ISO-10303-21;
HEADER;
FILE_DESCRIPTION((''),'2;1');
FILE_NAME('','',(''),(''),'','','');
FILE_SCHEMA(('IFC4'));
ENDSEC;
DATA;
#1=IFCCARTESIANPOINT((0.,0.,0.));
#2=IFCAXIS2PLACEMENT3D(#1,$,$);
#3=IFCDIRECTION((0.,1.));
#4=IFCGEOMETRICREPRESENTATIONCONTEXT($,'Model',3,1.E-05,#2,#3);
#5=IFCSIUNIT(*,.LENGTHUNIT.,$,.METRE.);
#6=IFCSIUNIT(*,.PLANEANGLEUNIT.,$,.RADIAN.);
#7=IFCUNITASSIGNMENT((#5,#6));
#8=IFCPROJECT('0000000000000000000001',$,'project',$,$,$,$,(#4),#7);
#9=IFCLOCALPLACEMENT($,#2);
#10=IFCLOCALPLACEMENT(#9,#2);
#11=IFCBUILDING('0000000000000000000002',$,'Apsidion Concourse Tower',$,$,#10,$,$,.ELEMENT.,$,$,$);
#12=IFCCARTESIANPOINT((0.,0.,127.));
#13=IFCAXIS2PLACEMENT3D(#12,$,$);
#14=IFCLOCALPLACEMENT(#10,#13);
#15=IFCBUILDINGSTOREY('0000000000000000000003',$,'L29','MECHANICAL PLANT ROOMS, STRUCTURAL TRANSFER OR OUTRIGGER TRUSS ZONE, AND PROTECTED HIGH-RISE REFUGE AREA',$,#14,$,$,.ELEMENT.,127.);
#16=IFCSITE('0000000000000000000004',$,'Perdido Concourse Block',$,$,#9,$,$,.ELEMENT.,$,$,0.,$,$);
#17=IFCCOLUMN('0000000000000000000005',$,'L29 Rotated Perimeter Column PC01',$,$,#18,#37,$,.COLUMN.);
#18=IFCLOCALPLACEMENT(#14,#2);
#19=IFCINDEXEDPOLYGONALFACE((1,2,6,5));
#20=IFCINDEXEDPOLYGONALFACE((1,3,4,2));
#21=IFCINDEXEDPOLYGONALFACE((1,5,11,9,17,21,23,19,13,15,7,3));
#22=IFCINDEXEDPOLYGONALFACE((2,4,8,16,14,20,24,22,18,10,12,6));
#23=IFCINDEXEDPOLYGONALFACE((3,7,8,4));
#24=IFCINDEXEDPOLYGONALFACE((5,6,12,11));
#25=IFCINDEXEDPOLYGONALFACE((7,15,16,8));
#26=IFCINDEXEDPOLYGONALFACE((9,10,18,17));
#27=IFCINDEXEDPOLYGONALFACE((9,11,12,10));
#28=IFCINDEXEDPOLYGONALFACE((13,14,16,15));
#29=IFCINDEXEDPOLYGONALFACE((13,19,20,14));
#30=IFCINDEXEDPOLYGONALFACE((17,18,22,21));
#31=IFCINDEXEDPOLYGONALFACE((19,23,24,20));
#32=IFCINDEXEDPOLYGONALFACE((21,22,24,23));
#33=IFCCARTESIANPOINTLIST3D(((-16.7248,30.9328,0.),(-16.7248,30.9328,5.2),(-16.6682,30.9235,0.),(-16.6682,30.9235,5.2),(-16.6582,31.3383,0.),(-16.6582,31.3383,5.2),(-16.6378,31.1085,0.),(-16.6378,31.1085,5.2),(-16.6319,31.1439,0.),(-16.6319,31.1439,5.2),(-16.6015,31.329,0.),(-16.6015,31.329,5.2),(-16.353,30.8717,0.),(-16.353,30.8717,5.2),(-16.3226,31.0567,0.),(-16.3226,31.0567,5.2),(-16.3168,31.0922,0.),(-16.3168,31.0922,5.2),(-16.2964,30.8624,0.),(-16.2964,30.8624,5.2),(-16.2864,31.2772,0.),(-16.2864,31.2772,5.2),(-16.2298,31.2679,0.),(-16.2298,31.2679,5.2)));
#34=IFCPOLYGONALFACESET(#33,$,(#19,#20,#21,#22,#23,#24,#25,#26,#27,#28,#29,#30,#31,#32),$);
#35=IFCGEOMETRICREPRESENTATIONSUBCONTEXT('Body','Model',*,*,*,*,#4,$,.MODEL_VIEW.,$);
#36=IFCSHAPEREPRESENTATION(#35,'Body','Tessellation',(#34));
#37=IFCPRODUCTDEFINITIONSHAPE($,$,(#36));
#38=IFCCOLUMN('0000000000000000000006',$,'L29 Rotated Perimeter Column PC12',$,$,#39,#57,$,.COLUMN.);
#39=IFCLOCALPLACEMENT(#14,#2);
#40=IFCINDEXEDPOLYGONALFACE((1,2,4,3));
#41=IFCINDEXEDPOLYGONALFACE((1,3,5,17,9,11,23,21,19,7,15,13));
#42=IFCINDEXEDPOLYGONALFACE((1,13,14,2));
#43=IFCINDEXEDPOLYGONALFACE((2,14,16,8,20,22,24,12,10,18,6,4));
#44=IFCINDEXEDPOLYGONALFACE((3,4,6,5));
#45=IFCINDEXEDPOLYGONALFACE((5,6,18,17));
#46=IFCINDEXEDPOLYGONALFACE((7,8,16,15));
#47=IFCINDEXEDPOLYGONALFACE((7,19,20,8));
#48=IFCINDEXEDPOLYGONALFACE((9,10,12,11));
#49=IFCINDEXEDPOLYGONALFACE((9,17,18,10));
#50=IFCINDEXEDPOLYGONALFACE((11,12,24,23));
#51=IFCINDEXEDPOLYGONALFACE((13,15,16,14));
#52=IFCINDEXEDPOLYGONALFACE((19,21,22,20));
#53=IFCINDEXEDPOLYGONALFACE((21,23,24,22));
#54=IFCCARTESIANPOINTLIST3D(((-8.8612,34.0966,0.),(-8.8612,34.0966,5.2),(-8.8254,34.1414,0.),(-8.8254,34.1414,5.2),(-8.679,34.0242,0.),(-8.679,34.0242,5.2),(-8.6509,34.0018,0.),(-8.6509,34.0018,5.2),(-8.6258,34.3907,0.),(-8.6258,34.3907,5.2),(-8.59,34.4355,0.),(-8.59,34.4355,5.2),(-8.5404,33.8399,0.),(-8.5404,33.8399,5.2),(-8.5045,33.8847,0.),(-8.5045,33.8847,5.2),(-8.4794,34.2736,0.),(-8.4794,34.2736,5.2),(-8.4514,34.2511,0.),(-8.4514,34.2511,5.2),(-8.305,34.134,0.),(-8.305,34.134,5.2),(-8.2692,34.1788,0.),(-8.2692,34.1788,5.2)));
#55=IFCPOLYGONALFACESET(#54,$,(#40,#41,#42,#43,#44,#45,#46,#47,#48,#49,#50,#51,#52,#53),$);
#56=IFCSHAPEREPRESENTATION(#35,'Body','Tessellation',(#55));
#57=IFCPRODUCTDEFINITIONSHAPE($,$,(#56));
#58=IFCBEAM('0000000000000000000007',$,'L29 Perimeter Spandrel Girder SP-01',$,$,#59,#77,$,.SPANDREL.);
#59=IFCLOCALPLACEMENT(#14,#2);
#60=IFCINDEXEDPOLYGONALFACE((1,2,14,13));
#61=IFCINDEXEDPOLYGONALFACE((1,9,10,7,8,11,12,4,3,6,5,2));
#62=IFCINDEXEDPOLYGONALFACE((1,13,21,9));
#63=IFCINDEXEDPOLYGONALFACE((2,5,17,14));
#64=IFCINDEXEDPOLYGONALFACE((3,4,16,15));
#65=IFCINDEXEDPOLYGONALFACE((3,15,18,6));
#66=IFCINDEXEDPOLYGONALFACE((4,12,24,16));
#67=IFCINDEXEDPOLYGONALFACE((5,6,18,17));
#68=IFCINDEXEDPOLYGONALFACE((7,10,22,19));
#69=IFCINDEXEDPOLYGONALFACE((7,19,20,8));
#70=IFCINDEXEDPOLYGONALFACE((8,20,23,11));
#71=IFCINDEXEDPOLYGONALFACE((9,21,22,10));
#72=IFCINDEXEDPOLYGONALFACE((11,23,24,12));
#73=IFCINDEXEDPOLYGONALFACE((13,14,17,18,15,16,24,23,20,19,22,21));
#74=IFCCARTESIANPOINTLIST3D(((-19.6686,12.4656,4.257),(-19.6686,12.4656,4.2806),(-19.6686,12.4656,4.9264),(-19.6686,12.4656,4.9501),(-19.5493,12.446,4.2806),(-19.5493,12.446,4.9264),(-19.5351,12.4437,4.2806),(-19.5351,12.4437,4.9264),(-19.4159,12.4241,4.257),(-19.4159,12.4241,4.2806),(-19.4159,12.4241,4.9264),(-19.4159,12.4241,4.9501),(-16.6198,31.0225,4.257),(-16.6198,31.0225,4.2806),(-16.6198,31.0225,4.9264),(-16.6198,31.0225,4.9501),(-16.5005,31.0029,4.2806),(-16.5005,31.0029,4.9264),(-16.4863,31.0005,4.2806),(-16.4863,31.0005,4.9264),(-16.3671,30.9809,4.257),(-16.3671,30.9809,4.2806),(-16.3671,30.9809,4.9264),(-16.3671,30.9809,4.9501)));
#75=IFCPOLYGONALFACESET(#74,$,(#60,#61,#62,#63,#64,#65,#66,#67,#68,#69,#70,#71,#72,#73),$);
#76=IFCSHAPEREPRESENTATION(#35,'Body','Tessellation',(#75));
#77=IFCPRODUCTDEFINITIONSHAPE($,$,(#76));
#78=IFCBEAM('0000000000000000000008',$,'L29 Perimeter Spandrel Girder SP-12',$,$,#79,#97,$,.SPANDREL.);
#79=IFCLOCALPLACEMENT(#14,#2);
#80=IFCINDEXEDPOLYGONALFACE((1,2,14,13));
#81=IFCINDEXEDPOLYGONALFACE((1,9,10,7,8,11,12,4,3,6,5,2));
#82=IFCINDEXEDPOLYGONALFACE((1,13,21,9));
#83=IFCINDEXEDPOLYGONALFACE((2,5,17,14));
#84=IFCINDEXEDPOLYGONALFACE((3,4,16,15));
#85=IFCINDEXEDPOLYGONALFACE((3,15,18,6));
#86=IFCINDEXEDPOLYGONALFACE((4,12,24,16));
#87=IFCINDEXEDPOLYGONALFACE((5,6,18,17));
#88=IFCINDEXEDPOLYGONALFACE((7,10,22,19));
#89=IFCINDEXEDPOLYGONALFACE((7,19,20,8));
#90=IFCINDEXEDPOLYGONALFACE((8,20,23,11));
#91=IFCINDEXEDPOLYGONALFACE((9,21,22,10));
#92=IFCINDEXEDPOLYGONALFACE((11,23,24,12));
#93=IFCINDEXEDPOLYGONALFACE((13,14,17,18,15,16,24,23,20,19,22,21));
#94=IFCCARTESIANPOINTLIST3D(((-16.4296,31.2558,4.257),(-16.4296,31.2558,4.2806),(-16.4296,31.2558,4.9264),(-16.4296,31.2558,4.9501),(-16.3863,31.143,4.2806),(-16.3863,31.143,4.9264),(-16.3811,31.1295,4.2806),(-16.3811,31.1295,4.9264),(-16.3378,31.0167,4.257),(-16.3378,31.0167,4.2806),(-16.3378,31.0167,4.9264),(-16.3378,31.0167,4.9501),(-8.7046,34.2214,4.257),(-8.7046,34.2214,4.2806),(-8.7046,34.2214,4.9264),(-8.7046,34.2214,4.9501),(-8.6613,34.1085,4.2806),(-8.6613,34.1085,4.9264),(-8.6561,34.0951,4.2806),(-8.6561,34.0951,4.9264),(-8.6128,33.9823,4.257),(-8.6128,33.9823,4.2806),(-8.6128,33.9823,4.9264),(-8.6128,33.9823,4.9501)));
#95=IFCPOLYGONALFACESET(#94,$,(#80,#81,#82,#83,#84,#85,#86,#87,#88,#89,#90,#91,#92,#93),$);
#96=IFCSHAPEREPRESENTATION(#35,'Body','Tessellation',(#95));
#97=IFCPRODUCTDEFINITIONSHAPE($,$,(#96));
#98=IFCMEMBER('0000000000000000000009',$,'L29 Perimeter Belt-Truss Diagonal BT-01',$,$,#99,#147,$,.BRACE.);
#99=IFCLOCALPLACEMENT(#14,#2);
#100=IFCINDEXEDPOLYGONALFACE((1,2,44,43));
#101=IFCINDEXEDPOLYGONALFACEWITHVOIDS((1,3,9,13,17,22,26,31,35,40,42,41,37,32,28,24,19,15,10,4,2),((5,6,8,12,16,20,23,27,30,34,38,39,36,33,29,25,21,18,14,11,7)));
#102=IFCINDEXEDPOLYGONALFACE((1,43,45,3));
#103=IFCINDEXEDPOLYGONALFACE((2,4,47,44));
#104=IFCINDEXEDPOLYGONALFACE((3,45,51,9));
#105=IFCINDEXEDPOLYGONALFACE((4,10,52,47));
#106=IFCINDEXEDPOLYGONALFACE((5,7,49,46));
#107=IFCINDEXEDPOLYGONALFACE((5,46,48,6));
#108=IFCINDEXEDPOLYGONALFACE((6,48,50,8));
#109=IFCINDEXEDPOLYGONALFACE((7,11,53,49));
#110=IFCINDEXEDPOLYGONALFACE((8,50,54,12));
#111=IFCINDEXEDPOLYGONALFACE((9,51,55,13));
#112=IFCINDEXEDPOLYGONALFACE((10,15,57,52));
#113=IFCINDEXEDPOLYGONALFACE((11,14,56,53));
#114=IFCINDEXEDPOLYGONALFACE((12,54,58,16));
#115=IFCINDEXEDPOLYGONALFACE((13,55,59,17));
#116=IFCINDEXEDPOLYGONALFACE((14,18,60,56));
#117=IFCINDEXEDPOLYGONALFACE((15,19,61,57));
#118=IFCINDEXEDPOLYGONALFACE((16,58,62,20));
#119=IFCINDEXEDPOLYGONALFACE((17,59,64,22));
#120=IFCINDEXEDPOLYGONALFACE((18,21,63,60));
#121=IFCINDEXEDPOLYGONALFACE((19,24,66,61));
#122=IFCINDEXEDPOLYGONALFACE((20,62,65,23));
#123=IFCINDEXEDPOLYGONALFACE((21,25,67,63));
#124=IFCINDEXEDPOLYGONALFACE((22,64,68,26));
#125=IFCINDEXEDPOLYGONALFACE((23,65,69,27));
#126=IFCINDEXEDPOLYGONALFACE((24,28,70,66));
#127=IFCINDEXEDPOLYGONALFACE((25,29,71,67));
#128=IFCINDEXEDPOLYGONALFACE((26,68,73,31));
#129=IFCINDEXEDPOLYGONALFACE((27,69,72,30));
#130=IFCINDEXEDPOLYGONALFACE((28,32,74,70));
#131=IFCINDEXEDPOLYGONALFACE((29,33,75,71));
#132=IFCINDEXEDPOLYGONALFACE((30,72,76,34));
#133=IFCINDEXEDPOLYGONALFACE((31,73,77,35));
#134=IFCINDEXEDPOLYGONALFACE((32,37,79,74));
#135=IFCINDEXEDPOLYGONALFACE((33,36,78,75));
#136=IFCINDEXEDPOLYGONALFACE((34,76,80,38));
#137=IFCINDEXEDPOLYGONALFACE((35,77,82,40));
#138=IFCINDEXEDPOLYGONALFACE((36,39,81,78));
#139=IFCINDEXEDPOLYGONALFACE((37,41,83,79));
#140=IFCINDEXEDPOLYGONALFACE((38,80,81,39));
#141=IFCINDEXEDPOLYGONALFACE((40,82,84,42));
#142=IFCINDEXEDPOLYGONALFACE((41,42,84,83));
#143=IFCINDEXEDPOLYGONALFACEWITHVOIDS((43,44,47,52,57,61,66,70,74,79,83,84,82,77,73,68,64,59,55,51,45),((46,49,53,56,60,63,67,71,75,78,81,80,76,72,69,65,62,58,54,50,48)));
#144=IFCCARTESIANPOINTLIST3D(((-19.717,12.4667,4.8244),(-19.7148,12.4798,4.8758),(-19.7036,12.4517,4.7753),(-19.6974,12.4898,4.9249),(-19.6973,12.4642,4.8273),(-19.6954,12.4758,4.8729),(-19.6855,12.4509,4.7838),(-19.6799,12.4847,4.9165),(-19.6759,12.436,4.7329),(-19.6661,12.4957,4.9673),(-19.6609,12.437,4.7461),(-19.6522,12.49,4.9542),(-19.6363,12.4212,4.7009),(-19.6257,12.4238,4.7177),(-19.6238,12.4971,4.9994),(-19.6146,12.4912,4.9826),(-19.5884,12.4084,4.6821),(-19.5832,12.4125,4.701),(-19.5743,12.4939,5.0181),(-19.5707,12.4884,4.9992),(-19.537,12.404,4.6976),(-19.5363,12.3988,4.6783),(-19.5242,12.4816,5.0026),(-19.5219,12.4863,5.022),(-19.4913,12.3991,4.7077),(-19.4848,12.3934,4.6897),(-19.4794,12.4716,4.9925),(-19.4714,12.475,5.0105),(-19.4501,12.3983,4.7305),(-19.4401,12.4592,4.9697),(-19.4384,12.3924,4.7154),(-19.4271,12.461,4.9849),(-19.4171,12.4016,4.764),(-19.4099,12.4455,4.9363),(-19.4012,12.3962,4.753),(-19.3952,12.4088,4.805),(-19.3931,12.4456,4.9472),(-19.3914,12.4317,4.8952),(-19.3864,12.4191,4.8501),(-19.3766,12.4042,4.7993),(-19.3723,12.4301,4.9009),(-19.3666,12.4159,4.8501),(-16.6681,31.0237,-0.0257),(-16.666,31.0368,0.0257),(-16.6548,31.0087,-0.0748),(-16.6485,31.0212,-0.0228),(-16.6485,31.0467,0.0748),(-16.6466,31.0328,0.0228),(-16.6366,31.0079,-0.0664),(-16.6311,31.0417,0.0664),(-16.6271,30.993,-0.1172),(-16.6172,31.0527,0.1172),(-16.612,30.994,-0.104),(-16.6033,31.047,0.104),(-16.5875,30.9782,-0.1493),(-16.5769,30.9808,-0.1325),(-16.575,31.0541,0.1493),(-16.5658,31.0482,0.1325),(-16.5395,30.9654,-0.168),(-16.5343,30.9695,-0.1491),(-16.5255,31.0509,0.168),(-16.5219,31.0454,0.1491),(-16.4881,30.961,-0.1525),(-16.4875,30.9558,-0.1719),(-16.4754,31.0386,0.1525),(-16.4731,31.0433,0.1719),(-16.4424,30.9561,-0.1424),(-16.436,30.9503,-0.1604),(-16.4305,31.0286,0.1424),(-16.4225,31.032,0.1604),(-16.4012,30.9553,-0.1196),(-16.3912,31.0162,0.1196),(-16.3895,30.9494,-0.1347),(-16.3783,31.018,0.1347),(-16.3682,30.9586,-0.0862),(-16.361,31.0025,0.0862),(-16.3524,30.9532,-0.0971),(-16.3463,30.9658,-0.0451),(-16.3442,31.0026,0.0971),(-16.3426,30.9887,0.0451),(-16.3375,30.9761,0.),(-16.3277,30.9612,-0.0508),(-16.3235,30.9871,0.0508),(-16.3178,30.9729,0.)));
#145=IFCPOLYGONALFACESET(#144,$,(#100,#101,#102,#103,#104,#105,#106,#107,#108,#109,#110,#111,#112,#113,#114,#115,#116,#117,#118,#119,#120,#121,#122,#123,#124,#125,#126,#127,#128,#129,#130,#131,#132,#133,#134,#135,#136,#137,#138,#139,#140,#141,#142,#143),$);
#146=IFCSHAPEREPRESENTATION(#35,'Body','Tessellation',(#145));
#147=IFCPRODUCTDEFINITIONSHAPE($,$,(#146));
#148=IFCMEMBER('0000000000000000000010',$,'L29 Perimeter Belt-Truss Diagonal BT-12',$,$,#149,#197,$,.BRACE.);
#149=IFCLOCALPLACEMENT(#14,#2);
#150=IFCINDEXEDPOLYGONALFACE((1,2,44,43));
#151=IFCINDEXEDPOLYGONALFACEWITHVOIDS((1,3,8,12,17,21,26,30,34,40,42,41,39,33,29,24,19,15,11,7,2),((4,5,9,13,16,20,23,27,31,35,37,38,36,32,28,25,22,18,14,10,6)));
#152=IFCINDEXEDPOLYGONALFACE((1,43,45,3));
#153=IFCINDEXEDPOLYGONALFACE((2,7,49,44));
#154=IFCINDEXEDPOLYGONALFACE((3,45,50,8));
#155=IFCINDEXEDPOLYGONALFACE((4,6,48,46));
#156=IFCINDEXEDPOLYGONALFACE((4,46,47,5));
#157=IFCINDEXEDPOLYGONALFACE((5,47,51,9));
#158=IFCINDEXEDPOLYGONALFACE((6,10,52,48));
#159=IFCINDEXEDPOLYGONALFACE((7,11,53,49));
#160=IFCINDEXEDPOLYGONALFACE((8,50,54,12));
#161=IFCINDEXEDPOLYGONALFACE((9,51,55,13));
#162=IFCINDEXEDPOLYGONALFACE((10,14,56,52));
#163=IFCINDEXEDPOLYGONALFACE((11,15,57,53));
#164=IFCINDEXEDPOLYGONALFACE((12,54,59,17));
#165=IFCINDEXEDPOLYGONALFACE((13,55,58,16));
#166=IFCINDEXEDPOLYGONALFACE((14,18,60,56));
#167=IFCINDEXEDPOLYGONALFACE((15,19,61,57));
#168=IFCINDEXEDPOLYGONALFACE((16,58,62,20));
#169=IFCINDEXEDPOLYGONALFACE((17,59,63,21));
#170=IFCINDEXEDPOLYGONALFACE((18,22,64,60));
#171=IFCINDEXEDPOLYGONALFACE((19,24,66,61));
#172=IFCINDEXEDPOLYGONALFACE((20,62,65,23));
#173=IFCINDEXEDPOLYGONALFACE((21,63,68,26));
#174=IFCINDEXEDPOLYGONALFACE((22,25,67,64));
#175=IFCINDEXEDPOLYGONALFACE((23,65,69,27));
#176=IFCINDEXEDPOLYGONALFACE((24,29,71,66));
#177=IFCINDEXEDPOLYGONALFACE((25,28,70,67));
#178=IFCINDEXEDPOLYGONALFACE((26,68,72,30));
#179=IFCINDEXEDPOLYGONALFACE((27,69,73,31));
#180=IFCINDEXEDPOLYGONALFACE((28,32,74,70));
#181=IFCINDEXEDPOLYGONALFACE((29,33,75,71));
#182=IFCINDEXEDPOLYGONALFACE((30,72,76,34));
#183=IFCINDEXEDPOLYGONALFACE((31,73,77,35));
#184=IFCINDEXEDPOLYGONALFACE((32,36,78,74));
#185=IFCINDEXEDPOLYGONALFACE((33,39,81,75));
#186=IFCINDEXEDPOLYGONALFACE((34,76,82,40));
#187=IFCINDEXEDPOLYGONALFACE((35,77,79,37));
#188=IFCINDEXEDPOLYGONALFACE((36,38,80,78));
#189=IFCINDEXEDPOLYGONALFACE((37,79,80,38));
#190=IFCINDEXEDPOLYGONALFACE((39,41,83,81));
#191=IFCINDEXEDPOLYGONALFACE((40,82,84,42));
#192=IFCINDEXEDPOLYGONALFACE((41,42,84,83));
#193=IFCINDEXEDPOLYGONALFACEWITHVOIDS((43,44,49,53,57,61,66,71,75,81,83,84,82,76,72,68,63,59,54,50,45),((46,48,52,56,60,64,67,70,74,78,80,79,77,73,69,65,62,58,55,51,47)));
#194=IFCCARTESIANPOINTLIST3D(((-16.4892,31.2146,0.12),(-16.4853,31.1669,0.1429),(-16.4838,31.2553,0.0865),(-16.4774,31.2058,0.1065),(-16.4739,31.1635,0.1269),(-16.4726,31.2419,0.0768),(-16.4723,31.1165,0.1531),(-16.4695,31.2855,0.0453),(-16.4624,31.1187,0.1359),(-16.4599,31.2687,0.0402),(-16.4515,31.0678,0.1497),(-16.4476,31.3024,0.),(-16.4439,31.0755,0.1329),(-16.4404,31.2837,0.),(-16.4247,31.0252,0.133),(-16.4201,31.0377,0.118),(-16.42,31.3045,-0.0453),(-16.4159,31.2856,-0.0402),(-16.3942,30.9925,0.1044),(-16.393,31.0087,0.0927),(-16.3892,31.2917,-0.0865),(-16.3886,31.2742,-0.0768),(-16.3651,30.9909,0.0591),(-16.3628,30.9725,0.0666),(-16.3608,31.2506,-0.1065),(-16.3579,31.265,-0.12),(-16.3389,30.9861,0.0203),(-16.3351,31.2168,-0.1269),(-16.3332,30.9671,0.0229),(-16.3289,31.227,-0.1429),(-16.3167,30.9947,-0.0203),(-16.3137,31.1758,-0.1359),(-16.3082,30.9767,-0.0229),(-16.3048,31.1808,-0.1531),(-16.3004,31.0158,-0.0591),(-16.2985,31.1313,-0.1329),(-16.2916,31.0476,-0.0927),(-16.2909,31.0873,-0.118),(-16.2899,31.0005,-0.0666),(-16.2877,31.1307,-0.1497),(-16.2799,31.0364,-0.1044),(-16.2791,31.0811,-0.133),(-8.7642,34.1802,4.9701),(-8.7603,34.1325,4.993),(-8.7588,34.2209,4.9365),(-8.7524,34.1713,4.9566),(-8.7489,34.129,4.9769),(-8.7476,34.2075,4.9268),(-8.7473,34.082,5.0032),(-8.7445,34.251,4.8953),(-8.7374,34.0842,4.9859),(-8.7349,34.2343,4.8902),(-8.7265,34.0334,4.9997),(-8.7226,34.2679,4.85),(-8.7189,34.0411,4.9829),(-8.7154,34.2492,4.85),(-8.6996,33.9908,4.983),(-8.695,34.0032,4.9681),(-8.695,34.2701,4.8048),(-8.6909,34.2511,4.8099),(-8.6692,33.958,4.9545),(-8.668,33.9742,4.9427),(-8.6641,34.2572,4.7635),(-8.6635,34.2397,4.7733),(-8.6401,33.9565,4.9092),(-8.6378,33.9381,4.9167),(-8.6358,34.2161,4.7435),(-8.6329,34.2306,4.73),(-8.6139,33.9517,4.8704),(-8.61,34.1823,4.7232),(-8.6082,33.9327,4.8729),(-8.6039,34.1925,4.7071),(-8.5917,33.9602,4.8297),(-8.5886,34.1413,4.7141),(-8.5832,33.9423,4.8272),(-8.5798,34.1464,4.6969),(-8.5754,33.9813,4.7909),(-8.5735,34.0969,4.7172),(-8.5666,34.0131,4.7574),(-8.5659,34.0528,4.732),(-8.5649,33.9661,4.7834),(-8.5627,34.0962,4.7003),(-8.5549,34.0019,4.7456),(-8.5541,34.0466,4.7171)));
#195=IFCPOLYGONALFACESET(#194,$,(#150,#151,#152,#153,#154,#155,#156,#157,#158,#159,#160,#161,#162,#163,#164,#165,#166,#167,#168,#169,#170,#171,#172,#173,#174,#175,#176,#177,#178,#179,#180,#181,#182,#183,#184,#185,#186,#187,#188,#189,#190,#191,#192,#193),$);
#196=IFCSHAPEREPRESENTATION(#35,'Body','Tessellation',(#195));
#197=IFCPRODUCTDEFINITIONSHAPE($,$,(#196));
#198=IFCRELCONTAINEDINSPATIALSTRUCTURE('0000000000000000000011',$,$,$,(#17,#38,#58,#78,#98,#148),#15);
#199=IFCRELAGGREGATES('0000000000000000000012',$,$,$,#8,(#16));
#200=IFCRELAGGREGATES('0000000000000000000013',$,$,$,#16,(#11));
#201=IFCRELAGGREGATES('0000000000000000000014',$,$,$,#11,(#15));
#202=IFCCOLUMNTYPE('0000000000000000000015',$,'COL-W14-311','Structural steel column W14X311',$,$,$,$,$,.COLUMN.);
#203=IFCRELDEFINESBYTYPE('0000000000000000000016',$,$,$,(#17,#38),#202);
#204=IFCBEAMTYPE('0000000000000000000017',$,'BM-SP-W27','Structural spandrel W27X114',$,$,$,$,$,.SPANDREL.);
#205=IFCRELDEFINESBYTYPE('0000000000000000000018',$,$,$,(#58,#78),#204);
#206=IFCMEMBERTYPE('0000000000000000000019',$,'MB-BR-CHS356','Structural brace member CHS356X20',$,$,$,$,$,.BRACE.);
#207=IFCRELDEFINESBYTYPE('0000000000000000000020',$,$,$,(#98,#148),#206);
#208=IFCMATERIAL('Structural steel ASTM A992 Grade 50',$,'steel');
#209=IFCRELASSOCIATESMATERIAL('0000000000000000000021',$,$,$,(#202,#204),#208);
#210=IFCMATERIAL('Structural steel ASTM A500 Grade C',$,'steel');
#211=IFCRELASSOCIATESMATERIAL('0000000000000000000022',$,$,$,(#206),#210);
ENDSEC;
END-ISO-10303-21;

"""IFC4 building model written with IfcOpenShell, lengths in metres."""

from ifc_helpers import new_model, si_unit, direction, frame, origin, origin_2d, place, context, subcontext, project, spatial, hollow_circle, i_section, extrude, material, material_profile, profile_set, type_object, element, save


model = new_model("IFC4")

# Units and contexts
model_context = context("Model", 3, precision=1e-05, world=origin(), true_north=direction((0.0, 1.0)))
body_context = subcontext(model_context, "Body", "Model", "MODEL_VIEW")
ifc_project = project(units=[si_unit("LENGTHUNIT", "METRE"), si_unit("PLANEANGLEUNIT", "RADIAN")], contexts=[model_context])

# Site, building, storey
site_placement = place(None, origin())
site = spatial("IfcSite", under=ifc_project, at=site_placement, Name="Perdido Concourse Block", CompositionType="ELEMENT", RefElevation=0.0)
building_placement = place(site_placement, origin())
building = spatial("IfcBuilding", under=site, at=building_placement, Name="Apsidion Concourse Tower", CompositionType="ELEMENT")
storey_placement = place(building_placement, frame((0.0, 0.0, 127.0)))
storey = spatial("IfcBuildingStorey", under=building, at=storey_placement, Name="L29", Description="MECHANICAL PLANT ROOMS, STRUCTURAL TRANSFER OR OUTRIGGER TRUSS ZONE, AND PROTECTED HIGH-RISE REFUGE AREA", CompositionType="ELEMENT", Elevation=127.0)

# Columns
ifc_material_1 = material(Name="Structural steel ASTM A992 Grade 50", Category="steel")
ifc_material_profile_1 = material_profile(ifc_material_1, i_section(OverallWidth=0.4109, OverallDepth=0.4341, WebThickness=0.0359, FlangeThickness=0.0574, at=origin_2d()), Name="W14X311")
ifc_profile_set_1 = profile_set([ifc_material_profile_1], Name="Structural steel ASTM A992 Grade 50")
column_type = type_object("IfcColumnType", Name="COL-W14-311", Description="Structural steel column W14X311", PredefinedType="COLUMN", material=ifc_profile_set_1)
for number, where, z_axis, x_axis, name in (
    (1, (-16.4773, 31.1003, 0.0), (0.0, 0.0, 1.0), (0.162121, 0.986771, 0.0), "L29 Rotated Perimeter Column PC01"),
    (2, (-8.5652, 34.1377, 0.0), (0.0, 0.0, 1.0), (-0.780758, 0.624834, 0.0), "L29 Rotated Perimeter Column PC12"),
):
    element("IfcColumn", number, at=place(storey_placement, frame(where, z_axis=z_axis, x_axis=x_axis)), inside=storey, type_object=column_type, Name=name, PredefinedType="COLUMN", context=body_context, shape_type="SweptSolid", body=[
        extrude(i_section(OverallWidth=0.4109, OverallDepth=0.4341, WebThickness=0.0359, FlangeThickness=0.0574, at=origin_2d()), origin(), (0.0, 0.0, 1.0), 5.2),
    ])

# Beams
ifc_material_profile_2 = material_profile(ifc_material_1, i_section(OverallWidth=0.2561, OverallDepth=0.6931, WebThickness=0.0144, FlangeThickness=0.0237, at=origin_2d()), Name="W27X114")
ifc_profile_set_2 = profile_set([ifc_material_profile_2], Name="Structural steel ASTM A992 Grade 50")
beam_type = type_object("IfcBeamType", Name="BM-SP-W27", Description="Structural spandrel W27X114", PredefinedType="SPANDREL", material=ifc_profile_set_2)
beam_1_placement = place(storey_placement, frame((-16.4934, 31.0017, 4.6035), z_axis=(-0.162123, -0.986771, 0.0), x_axis=(0.986771, -0.162123, 0.0)))
element("IfcBeam", 3, at=beam_1_placement, inside=storey, type_object=beam_type, Name="L29 Perimeter Spandrel Girder SP-01", PredefinedType="SPANDREL", context=body_context, shape_type="SweptSolid", body=[
    extrude(i_section(OverallWidth=0.2561, OverallDepth=0.6931, WebThickness=0.0144, FlangeThickness=0.0237, at=origin_2d()), origin(), (0.0, 0.0, 1.0), 18.8057),
])
beam_2_placement = place(storey_placement, frame((-8.6587, 34.1018, 4.6035), z_axis=(-0.933573, -0.358388, 0.0), x_axis=(0.358388, -0.933573, 0.0)))
element("IfcBeam", 4, at=beam_2_placement, inside=storey, type_object=beam_type, Name="L29 Perimeter Spandrel Girder SP-12", PredefinedType="SPANDREL", context=body_context, shape_type="SweptSolid", body=[
    extrude(i_section(OverallWidth=0.2561, OverallDepth=0.6931, WebThickness=0.0144, FlangeThickness=0.0237, at=origin_2d()), origin(), (0.0, 0.0, 1.0), 8.2747),
])

# Members
ifc_material_2 = material(Name="Structural steel ASTM A500 Grade C", Category="steel")
ifc_material_profile_3 = material_profile(ifc_material_2, hollow_circle(Radius=0.178, WallThickness=0.02, at=origin_2d()), Name="CHS356X20")
ifc_profile_set_3 = profile_set([ifc_material_profile_3], Name="Structural steel ASTM A500 Grade C")
member_type = type_object("IfcMemberType", Name="MB-BR-CHS356", Description="Structural brace member CHS356X20", PredefinedType="BRACE", material=ifc_profile_set_3)
member_1_placement = place(storey_placement, frame((-16.4934, 31.0017, 0.0), z_axis=(-0.156986, -0.955504, 0.249734), x_axis=(0.986771, -0.162123, 0.0)))
element("IfcMember", 5, at=member_1_placement, inside=storey, type_object=member_type, Name="L29 Perimeter Belt-Truss Diagonal BT-01", PredefinedType="BRACE", context=body_context, shape_type="SweptSolid", body=[
    extrude(hollow_circle(Radius=0.178, WallThickness=0.02, at=origin_2d()), origin(), (0.0, 0.0, 1.0), 19.4211),
])
member_2_placement = place(storey_placement, frame((-16.3838, 31.1362, 0.0), z_axis=(0.805418, 0.309191, 0.505671), x_axis=(-0.358388, 0.933573, 0.0)))
element("IfcMember", 6, at=member_2_placement, inside=storey, type_object=member_type, Name="L29 Perimeter Belt-Truss Diagonal BT-12", PredefinedType="BRACE", context=body_context, shape_type="SweptSolid", body=[
    extrude(hollow_circle(Radius=0.178, WallThickness=0.02, at=origin_2d()), origin(), (0.0, 0.0, 1.0), 9.5913),
])

save(model, "model.ifc")
